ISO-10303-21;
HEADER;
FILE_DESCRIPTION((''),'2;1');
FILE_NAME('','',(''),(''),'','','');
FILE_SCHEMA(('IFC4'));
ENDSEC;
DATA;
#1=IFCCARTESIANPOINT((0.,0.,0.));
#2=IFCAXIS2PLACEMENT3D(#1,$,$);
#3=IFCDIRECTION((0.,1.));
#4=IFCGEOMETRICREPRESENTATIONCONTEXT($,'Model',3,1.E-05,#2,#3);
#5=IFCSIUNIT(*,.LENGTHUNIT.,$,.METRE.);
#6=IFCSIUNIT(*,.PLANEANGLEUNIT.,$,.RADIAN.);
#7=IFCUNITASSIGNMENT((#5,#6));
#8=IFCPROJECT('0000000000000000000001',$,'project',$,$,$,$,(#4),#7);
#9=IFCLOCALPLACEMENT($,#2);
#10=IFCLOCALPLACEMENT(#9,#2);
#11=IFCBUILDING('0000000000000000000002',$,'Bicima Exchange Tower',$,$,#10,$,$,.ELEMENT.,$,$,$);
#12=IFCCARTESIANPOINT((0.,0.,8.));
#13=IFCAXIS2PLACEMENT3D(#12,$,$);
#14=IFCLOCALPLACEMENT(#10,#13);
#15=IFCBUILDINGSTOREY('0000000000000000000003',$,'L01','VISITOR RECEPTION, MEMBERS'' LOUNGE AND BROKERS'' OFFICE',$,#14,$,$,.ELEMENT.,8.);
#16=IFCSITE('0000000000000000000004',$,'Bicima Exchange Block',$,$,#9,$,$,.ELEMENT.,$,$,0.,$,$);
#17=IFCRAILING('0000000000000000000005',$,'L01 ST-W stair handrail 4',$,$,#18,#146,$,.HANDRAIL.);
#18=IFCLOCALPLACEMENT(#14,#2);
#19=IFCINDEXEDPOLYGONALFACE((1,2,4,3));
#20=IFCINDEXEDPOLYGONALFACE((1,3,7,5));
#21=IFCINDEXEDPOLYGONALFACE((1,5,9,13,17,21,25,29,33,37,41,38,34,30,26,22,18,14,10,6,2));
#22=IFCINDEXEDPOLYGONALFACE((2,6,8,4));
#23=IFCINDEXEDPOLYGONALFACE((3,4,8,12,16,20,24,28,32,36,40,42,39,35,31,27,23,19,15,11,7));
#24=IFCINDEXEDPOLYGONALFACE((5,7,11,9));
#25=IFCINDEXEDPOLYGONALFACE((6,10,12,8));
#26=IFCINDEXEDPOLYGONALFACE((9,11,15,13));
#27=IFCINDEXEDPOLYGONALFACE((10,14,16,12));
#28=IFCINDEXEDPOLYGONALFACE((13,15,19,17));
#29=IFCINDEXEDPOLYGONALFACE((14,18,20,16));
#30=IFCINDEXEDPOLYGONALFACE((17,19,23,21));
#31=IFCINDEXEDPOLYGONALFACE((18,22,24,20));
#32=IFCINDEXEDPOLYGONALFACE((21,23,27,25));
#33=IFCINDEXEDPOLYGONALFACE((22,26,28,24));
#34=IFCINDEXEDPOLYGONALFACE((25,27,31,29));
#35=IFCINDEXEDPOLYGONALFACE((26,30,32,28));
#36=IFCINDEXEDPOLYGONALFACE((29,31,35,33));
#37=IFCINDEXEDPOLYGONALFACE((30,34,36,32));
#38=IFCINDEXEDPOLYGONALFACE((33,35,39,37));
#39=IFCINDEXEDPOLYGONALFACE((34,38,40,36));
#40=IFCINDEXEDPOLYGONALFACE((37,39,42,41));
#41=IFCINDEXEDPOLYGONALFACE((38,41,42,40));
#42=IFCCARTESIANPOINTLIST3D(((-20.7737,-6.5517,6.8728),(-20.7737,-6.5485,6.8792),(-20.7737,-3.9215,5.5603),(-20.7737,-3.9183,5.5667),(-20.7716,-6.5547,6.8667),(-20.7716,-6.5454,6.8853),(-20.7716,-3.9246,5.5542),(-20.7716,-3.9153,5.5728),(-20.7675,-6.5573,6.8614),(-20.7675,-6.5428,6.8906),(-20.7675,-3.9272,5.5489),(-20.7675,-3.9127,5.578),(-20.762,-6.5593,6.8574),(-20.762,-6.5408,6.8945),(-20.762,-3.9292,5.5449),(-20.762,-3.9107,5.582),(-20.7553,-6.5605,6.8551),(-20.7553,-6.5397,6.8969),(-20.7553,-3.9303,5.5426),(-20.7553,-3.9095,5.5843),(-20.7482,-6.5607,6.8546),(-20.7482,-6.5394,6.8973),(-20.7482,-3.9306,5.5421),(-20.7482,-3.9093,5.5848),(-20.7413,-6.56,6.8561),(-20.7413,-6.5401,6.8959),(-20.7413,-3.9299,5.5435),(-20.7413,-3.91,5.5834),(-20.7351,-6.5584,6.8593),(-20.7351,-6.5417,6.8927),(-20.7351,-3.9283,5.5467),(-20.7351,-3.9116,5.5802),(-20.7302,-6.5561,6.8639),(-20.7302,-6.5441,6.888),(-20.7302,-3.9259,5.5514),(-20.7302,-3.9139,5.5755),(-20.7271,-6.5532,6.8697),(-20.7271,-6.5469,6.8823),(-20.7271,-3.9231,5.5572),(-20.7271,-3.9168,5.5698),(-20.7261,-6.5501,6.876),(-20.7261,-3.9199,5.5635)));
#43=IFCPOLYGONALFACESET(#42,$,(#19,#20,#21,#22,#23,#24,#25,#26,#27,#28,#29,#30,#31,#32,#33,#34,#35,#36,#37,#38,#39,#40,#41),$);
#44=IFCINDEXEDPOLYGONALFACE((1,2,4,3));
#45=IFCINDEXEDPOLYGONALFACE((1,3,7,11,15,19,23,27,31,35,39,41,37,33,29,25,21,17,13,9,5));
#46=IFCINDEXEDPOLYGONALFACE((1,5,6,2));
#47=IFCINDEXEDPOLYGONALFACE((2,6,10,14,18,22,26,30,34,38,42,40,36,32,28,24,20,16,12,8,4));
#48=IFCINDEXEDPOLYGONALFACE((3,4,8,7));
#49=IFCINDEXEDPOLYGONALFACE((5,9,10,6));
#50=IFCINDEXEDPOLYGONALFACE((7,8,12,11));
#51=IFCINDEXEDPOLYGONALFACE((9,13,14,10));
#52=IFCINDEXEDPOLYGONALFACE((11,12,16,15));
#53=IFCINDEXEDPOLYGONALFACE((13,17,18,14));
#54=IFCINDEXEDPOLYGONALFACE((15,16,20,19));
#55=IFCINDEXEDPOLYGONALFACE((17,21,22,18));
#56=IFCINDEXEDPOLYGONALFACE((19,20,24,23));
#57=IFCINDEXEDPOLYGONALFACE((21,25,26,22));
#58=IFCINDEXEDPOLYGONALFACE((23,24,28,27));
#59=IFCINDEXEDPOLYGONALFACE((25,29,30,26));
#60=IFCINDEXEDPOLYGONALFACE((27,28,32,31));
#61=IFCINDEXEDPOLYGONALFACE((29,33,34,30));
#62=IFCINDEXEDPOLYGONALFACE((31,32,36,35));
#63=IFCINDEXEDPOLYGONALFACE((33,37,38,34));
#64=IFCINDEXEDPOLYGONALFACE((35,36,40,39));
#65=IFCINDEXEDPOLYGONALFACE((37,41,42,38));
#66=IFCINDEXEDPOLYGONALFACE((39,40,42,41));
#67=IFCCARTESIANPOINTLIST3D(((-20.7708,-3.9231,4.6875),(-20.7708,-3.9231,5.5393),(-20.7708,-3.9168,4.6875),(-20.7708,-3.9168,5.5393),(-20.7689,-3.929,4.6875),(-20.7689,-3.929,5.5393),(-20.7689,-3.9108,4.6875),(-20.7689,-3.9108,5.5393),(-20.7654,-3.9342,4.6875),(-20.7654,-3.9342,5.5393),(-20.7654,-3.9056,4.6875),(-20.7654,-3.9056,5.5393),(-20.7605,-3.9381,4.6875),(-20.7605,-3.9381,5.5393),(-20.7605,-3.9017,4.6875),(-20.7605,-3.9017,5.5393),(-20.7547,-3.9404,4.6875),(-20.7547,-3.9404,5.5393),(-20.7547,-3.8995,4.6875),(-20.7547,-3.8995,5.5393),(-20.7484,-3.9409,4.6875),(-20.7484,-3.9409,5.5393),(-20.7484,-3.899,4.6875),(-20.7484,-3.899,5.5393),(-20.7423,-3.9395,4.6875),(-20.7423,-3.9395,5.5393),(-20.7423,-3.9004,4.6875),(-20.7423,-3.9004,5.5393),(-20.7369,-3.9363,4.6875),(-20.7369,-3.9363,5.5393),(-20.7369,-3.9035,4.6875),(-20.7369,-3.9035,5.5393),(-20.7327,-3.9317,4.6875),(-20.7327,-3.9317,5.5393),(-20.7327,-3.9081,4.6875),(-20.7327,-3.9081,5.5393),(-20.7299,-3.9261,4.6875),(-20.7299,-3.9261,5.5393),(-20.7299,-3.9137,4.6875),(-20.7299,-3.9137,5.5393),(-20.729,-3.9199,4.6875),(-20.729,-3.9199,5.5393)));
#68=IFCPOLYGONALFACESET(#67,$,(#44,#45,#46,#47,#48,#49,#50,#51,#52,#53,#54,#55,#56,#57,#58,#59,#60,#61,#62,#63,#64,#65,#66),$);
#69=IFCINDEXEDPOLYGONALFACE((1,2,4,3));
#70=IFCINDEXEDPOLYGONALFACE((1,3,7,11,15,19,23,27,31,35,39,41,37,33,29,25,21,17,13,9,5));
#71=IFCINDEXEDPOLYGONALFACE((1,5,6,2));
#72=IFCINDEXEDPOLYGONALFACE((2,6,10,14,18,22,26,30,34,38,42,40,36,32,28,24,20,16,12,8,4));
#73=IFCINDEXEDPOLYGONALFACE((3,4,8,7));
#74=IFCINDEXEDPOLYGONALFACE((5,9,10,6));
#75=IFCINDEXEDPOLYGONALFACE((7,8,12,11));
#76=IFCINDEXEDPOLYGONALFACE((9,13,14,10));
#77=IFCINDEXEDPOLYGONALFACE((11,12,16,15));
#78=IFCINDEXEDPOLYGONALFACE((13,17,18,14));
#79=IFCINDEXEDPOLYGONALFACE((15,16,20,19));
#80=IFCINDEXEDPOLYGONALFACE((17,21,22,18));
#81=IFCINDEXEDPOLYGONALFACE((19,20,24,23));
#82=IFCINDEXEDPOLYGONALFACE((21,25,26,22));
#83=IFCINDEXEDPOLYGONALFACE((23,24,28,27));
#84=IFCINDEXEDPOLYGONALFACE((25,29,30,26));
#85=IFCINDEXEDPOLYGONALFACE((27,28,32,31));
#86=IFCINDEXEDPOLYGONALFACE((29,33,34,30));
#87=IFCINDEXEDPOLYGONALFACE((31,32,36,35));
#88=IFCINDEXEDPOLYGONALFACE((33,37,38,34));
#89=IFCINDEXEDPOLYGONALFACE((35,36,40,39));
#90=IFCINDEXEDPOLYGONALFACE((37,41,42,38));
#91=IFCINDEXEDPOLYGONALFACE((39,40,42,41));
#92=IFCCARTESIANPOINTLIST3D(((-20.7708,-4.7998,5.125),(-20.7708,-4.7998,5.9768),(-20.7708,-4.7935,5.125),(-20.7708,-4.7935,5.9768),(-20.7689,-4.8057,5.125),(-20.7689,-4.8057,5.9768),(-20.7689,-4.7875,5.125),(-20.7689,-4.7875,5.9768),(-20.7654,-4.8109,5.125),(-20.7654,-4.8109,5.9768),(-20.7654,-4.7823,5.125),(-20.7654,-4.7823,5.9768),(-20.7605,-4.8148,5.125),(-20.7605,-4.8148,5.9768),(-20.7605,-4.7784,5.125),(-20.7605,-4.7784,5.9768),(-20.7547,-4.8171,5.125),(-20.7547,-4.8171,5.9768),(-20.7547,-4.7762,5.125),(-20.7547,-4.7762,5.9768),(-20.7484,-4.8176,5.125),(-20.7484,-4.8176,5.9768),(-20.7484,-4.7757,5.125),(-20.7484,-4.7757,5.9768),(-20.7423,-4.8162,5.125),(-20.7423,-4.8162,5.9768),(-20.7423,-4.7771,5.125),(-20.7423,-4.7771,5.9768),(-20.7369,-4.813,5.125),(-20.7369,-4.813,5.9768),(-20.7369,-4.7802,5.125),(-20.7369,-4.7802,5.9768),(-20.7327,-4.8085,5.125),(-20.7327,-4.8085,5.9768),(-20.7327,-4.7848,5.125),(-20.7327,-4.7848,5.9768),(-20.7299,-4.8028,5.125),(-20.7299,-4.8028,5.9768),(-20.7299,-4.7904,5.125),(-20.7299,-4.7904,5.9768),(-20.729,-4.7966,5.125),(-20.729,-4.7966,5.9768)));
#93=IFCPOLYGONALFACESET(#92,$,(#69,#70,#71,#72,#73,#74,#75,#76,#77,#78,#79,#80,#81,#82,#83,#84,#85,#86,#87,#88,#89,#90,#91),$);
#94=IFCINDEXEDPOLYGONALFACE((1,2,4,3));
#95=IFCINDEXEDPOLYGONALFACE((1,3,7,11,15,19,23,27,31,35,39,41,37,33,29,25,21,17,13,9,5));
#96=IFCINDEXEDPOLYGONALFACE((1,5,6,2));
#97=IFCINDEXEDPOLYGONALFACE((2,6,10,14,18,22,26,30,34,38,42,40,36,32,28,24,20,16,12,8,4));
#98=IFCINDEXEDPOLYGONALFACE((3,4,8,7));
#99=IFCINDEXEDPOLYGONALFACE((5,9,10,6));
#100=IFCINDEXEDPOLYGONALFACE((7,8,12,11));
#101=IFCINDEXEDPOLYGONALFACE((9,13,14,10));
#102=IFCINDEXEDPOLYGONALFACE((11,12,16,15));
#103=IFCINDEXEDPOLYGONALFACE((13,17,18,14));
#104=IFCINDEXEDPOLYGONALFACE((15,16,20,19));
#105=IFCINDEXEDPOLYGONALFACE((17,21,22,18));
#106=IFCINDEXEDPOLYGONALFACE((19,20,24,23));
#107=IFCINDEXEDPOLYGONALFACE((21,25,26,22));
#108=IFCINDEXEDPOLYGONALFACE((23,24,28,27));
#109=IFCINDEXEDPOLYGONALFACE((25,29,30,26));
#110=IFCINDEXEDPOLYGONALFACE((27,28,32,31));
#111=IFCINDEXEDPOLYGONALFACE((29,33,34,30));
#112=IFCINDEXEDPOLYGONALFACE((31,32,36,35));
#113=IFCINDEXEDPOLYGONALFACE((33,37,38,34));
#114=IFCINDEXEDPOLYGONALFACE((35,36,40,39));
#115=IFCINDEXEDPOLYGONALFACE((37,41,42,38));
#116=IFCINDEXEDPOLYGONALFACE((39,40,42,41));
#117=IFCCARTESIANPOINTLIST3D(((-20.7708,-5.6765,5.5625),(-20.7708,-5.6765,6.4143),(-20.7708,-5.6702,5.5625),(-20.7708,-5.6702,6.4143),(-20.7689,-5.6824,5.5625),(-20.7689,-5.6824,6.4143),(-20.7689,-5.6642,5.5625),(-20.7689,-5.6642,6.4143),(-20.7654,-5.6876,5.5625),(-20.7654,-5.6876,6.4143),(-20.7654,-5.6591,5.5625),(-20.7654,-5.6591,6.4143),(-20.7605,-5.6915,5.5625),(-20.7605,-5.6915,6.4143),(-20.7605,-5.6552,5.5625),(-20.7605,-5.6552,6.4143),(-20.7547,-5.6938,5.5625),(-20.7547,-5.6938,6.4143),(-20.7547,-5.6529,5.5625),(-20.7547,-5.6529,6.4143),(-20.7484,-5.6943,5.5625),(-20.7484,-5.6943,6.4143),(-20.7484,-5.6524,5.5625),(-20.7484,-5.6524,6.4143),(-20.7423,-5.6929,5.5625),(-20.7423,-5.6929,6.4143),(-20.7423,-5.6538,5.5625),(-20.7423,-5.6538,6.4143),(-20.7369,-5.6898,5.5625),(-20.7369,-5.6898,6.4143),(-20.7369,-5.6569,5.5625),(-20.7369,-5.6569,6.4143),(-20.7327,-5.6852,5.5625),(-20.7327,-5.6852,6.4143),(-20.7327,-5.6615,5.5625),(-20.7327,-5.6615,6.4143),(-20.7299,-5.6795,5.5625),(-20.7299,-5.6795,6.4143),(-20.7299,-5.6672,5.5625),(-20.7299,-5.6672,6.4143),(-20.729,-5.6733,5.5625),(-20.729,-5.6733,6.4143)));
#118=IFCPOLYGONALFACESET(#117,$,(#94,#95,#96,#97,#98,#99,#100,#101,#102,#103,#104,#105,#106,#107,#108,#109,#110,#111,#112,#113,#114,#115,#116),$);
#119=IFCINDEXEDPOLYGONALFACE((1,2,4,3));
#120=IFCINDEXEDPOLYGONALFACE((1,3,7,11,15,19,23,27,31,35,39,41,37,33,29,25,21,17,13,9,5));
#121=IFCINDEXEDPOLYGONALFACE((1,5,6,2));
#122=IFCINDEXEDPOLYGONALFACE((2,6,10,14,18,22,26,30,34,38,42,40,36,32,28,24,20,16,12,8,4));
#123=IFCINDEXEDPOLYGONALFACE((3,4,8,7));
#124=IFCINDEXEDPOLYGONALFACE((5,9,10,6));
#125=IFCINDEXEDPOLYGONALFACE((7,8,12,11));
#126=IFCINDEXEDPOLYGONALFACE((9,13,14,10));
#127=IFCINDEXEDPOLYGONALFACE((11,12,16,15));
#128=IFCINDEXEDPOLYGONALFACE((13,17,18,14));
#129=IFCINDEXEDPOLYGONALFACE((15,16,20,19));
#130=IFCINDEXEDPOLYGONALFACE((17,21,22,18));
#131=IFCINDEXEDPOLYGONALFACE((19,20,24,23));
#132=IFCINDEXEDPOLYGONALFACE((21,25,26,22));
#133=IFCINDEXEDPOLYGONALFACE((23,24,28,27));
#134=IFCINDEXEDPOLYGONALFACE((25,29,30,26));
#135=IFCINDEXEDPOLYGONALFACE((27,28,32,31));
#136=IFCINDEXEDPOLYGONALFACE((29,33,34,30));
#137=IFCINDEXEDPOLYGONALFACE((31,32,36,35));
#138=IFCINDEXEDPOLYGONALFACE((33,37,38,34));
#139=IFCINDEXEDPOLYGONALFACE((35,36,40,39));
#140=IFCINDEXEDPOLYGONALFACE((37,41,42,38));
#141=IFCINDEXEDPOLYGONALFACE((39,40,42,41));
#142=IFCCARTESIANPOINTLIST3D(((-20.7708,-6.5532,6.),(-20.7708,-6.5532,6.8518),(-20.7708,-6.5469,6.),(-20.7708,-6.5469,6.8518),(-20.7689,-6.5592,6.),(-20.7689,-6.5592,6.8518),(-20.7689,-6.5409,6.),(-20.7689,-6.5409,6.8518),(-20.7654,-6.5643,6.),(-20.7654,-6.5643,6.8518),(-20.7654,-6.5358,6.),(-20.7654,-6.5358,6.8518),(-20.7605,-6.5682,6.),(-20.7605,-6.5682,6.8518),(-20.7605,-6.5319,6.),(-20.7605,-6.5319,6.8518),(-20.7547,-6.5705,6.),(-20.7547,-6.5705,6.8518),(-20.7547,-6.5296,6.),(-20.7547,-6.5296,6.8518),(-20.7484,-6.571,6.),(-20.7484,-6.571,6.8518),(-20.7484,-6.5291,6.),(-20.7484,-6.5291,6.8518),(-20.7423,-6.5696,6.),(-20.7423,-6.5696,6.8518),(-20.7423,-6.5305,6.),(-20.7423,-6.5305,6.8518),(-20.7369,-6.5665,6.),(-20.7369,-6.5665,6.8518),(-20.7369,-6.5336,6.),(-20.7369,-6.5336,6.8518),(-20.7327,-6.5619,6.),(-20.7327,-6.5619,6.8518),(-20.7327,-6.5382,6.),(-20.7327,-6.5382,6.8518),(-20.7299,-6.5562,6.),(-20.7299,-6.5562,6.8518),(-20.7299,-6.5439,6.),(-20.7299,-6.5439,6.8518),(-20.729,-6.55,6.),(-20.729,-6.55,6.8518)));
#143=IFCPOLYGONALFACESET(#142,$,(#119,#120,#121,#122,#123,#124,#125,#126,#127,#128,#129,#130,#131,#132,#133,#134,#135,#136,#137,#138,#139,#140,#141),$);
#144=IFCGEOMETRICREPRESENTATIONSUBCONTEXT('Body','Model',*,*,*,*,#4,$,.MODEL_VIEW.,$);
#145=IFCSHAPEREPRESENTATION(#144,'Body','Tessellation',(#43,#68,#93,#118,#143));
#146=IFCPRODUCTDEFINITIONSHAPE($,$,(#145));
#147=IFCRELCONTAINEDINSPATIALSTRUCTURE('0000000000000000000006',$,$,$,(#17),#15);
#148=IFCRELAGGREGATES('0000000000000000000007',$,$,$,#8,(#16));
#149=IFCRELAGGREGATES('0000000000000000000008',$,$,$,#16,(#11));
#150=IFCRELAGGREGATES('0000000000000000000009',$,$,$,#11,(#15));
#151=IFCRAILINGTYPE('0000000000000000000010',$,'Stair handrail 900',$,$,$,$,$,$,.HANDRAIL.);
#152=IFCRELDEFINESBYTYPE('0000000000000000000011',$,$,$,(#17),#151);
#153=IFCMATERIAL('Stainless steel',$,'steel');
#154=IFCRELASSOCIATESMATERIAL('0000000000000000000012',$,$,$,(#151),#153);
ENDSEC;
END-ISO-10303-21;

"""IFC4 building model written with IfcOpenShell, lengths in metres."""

from ifc_helpers import new_model, si_unit, direction, frame, origin, origin_2d, place, context, subcontext, project, spatial, circle, extrude, material, type_object, element, save


model = new_model("IFC4")

# Units and contexts
model_context = context("Model", 3, precision=1e-05, world=origin(), true_north=direction((0.0, 1.0)))
body_context = subcontext(model_context, "Body", "Model", "MODEL_VIEW")
ifc_project = project(units=[si_unit("LENGTHUNIT", "METRE"), si_unit("PLANEANGLEUNIT", "RADIAN")], contexts=[model_context])

# Site, building, storey
site_placement = place(None, origin())
site = spatial("IfcSite", under=ifc_project, at=site_placement, Name="Bicima Exchange Block", CompositionType="ELEMENT", RefElevation=0.0)
building_placement = place(site_placement, origin())
building = spatial("IfcBuilding", under=site, at=building_placement, Name="Bicima Exchange Tower", CompositionType="ELEMENT")
storey_placement = place(building_placement, frame((0.0, 0.0, 8.0)))
storey = spatial("IfcBuildingStorey", under=building, at=storey_placement, Name="L01", Description="VISITOR RECEPTION, MEMBERS' LOUNGE AND BROKERS' OFFICE", CompositionType="ELEMENT", Elevation=8.0)

# Railing
ifc_material_1 = material(Name="Stainless steel", Category="steel")
railing_type_1 = type_object("IfcRailingType", Name="Stair handrail 900", PredefinedType="HANDRAIL", material=ifc_material_1)
for number, where, name in (
    (1, (-20.75, -3.9199, 4.6875), "L01 ST-W stair handrail 4"),
):
    element("IfcRailing", number, at=place(storey_placement, frame(where)), inside=storey, type_object=railing_type_1, Name=name, PredefinedType="HANDRAIL", context=body_context, shape_type="SweptSolid", body=[
        extrude(circle(Radius=0.0239, at=origin_2d()), frame((0.0, 0.0, 0.876), z_axis=(0.0, -0.894776, 0.446516), x_axis=(1.0, 0.0, 0.0)), (0.0, 0.0, 1.0), 2.9395),
        extrude(circle(Radius=0.021, at=origin_2d()), origin(), (0.0, 0.0, 1.0), 0.8518),
        extrude(circle(Radius=0.021, at=origin_2d()), frame((0.0, -0.8767, 0.4375)), (0.0, 0.0, 1.0), 0.8518),
        extrude(circle(Radius=0.021, at=origin_2d()), frame((0.0, -1.7534, 0.875)), (0.0, 0.0, 1.0), 0.8518),
        extrude(circle(Radius=0.021, at=origin_2d()), frame((0.0, -2.6301, 1.3125)), (0.0, 0.0, 1.0), 0.8518),
    ])

save(model, "model.ifc")
